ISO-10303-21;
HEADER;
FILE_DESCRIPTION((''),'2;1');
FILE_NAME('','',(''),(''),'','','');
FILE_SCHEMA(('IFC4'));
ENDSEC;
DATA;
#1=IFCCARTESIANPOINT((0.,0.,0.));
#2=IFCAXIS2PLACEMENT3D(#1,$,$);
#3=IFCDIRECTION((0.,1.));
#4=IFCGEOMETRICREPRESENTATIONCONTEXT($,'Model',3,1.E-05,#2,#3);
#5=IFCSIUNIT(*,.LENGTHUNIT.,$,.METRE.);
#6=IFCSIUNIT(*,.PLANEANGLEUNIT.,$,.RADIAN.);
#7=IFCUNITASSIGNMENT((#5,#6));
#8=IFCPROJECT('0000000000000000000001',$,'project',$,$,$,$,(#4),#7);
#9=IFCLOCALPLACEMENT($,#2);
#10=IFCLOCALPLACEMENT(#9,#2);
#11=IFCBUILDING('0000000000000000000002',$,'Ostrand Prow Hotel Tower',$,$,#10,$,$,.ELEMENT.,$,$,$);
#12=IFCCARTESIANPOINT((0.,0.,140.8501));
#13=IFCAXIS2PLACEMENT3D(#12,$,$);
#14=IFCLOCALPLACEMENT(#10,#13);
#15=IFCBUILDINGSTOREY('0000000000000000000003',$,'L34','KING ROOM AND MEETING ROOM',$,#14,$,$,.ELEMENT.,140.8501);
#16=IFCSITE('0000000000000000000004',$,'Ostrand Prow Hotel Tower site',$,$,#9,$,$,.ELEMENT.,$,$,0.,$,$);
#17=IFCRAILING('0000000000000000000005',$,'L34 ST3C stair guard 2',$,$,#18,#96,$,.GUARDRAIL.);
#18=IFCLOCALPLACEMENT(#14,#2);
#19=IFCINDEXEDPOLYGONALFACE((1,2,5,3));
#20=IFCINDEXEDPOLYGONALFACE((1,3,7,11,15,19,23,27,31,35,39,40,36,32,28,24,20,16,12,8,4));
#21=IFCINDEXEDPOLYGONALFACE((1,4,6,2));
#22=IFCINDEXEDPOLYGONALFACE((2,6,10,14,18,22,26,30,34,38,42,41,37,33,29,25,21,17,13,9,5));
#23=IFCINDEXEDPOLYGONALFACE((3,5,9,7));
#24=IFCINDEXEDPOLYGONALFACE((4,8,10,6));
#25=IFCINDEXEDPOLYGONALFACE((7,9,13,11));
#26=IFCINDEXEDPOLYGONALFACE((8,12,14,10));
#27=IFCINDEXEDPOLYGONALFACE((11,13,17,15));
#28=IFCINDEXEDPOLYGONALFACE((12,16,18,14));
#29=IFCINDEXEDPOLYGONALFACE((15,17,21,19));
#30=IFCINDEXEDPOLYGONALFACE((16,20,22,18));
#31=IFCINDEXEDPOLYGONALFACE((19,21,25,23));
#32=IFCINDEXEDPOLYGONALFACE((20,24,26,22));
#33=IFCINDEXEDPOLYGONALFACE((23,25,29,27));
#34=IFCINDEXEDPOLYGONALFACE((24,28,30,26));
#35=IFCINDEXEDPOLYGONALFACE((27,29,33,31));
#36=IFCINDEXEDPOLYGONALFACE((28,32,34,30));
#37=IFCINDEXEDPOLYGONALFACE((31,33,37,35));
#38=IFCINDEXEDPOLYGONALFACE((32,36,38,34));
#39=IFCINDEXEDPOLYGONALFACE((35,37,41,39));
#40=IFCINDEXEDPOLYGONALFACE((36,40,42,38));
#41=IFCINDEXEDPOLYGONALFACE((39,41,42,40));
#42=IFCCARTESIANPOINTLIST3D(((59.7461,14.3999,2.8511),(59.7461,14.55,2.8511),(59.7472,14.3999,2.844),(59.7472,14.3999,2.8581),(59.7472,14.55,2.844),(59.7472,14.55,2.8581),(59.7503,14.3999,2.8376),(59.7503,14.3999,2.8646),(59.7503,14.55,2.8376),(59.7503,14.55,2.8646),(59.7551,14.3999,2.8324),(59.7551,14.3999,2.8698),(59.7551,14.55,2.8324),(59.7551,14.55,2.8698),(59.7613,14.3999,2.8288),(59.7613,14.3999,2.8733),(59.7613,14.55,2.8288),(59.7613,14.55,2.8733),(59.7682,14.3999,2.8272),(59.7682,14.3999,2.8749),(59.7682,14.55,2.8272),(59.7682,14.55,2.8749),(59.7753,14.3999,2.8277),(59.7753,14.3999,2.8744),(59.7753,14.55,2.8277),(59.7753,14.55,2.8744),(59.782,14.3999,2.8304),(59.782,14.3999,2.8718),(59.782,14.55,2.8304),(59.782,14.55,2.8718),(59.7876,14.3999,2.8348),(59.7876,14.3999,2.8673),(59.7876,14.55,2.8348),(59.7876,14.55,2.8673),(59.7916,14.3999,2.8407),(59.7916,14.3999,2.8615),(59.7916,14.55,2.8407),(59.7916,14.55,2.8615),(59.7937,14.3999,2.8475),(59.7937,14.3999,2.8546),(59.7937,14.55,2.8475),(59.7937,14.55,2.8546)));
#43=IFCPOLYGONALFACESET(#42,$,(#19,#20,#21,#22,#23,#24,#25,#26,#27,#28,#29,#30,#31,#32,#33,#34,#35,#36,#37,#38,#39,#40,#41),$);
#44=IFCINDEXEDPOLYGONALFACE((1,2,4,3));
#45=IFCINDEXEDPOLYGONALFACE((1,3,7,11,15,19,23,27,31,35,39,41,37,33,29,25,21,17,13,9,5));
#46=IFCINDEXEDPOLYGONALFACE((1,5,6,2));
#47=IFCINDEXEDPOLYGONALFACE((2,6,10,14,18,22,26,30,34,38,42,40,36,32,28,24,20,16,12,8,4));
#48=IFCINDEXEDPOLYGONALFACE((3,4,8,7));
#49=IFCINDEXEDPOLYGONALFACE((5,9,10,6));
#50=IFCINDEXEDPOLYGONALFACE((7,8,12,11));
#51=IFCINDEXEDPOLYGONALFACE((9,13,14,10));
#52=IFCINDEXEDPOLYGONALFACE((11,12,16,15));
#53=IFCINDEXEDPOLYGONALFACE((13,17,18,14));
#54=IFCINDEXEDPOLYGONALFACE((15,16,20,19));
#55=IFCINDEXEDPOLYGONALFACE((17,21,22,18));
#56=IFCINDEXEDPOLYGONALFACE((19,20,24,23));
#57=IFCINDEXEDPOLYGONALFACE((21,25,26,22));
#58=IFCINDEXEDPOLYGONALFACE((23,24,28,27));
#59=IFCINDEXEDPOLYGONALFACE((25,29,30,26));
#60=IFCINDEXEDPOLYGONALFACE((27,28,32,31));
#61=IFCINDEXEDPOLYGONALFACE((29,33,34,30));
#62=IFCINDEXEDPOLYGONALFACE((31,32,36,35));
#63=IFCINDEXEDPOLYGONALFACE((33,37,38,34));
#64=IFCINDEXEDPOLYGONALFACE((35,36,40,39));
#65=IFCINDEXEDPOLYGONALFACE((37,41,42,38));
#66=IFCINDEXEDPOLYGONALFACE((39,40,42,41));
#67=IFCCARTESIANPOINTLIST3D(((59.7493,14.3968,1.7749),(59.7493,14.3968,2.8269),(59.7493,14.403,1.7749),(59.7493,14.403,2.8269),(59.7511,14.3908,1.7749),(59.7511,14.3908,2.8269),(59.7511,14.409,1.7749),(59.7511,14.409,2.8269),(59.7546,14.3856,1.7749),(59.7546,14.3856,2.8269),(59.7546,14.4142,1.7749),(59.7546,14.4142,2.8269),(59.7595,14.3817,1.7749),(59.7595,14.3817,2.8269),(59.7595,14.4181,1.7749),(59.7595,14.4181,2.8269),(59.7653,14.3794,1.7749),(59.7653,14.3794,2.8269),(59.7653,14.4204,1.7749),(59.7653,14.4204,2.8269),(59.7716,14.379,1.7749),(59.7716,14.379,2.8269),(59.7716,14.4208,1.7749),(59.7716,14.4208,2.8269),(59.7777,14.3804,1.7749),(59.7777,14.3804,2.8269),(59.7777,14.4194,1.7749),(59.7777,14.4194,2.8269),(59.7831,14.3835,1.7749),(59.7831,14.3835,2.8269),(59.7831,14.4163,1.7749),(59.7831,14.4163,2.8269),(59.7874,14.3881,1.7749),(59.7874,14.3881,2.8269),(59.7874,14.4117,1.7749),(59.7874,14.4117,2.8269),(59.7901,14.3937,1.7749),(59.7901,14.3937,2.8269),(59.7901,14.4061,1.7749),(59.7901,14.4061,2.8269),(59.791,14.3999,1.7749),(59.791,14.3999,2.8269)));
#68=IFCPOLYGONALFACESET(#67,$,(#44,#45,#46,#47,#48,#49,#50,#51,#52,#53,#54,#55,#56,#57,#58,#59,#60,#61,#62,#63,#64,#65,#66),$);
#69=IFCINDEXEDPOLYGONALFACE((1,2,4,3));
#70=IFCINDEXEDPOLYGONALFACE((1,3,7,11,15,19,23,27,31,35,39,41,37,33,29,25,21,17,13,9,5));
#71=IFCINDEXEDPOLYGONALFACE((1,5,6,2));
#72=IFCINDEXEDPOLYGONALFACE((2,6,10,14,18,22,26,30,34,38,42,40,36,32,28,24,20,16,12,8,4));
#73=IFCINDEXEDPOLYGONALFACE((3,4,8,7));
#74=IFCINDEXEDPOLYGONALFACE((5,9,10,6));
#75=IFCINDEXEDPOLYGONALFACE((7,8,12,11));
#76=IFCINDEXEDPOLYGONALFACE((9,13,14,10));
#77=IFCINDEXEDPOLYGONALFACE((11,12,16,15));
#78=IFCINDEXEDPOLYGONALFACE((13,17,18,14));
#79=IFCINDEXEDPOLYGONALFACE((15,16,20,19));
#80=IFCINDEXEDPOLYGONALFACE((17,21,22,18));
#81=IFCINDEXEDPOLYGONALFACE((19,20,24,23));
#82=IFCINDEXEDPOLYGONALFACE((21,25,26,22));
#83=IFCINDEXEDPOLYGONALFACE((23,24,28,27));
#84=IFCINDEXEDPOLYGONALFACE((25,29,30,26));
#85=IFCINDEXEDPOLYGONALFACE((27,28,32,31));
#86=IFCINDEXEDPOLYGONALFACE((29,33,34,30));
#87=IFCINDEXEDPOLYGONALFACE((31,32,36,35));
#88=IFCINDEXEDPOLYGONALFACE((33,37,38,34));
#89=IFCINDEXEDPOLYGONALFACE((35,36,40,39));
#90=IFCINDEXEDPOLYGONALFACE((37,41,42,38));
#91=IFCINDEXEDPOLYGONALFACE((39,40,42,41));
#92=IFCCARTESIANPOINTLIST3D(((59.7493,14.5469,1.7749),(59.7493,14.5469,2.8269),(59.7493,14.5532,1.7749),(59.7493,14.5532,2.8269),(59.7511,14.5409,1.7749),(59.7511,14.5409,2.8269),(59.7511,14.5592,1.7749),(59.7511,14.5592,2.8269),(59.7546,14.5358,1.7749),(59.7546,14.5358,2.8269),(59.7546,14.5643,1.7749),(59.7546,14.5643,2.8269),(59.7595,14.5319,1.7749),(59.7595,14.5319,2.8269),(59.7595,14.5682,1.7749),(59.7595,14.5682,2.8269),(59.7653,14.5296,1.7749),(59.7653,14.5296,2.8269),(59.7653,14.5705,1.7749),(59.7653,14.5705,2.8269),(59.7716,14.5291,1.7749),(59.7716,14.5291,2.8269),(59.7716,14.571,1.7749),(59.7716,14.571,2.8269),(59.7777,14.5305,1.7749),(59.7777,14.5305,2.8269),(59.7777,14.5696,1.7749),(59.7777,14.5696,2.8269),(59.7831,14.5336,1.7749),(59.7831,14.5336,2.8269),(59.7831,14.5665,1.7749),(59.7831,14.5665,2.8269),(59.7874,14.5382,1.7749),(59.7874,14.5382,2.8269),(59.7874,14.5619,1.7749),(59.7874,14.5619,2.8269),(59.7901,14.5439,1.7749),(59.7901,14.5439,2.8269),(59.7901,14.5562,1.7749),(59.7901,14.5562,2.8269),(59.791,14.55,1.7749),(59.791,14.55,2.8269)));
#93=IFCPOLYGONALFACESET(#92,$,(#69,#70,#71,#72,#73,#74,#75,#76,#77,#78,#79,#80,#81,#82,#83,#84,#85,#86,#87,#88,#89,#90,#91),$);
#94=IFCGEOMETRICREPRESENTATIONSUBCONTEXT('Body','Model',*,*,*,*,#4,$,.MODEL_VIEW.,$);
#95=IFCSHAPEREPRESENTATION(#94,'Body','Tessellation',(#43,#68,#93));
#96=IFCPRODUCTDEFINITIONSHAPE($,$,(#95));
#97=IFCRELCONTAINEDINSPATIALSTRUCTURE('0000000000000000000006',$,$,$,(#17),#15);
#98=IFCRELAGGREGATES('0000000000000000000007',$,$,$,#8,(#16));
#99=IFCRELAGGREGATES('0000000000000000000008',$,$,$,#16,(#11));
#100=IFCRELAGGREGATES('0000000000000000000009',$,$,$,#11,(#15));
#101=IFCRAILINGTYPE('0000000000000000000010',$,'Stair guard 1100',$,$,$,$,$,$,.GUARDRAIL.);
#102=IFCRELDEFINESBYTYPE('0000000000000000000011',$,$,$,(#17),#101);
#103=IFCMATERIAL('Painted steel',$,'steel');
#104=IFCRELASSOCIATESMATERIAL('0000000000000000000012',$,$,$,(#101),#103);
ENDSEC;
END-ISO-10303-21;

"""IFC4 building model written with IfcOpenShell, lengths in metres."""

from ifc_helpers import new_model, si_unit, direction, frame, origin, origin_2d, place, context, subcontext, project, spatial, circle, extrude, material, type_object, element, save


model = new_model("IFC4")

# Units and contexts
model_context = context("Model", 3, precision=1e-05, world=origin(), true_north=direction((0.0, 1.0)))
body_context = subcontext(model_context, "Body", "Model", "MODEL_VIEW")
ifc_project = project(units=[si_unit("LENGTHUNIT", "METRE"), si_unit("PLANEANGLEUNIT", "RADIAN")], contexts=[model_context])

# Site, building, storey
site_placement = place(None, origin())
site = spatial("IfcSite", under=ifc_project, at=site_placement, Name="Ostrand Prow Hotel Tower site", CompositionType="ELEMENT", RefElevation=0.0)
building_placement = place(site_placement, origin())
building = spatial("IfcBuilding", under=site, at=building_placement, Name="Ostrand Prow Hotel Tower", CompositionType="ELEMENT")
storey_placement = place(building_placement, frame((0.0, 0.0, 140.8501)))
storey = spatial("IfcBuildingStorey", under=building, at=storey_placement, Name="L34", Description="KING ROOM AND MEETING ROOM", CompositionType="ELEMENT", Elevation=140.8501)

# Railing
ifc_material_1 = material(Name="Painted steel", Category="steel")
railing_type_1 = type_object("IfcRailingType", Name="Stair guard 1100", PredefinedType="GUARDRAIL", material=ifc_material_1)
railing_1_placement = place(storey_placement, frame((59.77, 14.3999, 1.7749)))
element("IfcRailing", 1, at=railing_1_placement, inside=storey, type_object=railing_type_1, Name="L34 ST3C stair guard 2", PredefinedType="GUARDRAIL", context=body_context, shape_type="SweptSolid", body=[
    extrude(circle(Radius=0.0239, at=origin_2d()), frame((0.0, 0.0, 1.0762), z_axis=(0.0, 1.0, 0.0), x_axis=(-1.0, 0.0, 0.0)), (0.0, 0.0, 1.0), 0.1501),
    extrude(circle(Radius=0.021, at=origin_2d()), origin(), (0.0, 0.0, 1.0), 1.052),
    extrude(circle(Radius=0.021, at=origin_2d()), frame((0.0, 0.1501, 0.0)), (0.0, 0.0, 1.0), 1.052),
])

save(model, "model.ifc")
